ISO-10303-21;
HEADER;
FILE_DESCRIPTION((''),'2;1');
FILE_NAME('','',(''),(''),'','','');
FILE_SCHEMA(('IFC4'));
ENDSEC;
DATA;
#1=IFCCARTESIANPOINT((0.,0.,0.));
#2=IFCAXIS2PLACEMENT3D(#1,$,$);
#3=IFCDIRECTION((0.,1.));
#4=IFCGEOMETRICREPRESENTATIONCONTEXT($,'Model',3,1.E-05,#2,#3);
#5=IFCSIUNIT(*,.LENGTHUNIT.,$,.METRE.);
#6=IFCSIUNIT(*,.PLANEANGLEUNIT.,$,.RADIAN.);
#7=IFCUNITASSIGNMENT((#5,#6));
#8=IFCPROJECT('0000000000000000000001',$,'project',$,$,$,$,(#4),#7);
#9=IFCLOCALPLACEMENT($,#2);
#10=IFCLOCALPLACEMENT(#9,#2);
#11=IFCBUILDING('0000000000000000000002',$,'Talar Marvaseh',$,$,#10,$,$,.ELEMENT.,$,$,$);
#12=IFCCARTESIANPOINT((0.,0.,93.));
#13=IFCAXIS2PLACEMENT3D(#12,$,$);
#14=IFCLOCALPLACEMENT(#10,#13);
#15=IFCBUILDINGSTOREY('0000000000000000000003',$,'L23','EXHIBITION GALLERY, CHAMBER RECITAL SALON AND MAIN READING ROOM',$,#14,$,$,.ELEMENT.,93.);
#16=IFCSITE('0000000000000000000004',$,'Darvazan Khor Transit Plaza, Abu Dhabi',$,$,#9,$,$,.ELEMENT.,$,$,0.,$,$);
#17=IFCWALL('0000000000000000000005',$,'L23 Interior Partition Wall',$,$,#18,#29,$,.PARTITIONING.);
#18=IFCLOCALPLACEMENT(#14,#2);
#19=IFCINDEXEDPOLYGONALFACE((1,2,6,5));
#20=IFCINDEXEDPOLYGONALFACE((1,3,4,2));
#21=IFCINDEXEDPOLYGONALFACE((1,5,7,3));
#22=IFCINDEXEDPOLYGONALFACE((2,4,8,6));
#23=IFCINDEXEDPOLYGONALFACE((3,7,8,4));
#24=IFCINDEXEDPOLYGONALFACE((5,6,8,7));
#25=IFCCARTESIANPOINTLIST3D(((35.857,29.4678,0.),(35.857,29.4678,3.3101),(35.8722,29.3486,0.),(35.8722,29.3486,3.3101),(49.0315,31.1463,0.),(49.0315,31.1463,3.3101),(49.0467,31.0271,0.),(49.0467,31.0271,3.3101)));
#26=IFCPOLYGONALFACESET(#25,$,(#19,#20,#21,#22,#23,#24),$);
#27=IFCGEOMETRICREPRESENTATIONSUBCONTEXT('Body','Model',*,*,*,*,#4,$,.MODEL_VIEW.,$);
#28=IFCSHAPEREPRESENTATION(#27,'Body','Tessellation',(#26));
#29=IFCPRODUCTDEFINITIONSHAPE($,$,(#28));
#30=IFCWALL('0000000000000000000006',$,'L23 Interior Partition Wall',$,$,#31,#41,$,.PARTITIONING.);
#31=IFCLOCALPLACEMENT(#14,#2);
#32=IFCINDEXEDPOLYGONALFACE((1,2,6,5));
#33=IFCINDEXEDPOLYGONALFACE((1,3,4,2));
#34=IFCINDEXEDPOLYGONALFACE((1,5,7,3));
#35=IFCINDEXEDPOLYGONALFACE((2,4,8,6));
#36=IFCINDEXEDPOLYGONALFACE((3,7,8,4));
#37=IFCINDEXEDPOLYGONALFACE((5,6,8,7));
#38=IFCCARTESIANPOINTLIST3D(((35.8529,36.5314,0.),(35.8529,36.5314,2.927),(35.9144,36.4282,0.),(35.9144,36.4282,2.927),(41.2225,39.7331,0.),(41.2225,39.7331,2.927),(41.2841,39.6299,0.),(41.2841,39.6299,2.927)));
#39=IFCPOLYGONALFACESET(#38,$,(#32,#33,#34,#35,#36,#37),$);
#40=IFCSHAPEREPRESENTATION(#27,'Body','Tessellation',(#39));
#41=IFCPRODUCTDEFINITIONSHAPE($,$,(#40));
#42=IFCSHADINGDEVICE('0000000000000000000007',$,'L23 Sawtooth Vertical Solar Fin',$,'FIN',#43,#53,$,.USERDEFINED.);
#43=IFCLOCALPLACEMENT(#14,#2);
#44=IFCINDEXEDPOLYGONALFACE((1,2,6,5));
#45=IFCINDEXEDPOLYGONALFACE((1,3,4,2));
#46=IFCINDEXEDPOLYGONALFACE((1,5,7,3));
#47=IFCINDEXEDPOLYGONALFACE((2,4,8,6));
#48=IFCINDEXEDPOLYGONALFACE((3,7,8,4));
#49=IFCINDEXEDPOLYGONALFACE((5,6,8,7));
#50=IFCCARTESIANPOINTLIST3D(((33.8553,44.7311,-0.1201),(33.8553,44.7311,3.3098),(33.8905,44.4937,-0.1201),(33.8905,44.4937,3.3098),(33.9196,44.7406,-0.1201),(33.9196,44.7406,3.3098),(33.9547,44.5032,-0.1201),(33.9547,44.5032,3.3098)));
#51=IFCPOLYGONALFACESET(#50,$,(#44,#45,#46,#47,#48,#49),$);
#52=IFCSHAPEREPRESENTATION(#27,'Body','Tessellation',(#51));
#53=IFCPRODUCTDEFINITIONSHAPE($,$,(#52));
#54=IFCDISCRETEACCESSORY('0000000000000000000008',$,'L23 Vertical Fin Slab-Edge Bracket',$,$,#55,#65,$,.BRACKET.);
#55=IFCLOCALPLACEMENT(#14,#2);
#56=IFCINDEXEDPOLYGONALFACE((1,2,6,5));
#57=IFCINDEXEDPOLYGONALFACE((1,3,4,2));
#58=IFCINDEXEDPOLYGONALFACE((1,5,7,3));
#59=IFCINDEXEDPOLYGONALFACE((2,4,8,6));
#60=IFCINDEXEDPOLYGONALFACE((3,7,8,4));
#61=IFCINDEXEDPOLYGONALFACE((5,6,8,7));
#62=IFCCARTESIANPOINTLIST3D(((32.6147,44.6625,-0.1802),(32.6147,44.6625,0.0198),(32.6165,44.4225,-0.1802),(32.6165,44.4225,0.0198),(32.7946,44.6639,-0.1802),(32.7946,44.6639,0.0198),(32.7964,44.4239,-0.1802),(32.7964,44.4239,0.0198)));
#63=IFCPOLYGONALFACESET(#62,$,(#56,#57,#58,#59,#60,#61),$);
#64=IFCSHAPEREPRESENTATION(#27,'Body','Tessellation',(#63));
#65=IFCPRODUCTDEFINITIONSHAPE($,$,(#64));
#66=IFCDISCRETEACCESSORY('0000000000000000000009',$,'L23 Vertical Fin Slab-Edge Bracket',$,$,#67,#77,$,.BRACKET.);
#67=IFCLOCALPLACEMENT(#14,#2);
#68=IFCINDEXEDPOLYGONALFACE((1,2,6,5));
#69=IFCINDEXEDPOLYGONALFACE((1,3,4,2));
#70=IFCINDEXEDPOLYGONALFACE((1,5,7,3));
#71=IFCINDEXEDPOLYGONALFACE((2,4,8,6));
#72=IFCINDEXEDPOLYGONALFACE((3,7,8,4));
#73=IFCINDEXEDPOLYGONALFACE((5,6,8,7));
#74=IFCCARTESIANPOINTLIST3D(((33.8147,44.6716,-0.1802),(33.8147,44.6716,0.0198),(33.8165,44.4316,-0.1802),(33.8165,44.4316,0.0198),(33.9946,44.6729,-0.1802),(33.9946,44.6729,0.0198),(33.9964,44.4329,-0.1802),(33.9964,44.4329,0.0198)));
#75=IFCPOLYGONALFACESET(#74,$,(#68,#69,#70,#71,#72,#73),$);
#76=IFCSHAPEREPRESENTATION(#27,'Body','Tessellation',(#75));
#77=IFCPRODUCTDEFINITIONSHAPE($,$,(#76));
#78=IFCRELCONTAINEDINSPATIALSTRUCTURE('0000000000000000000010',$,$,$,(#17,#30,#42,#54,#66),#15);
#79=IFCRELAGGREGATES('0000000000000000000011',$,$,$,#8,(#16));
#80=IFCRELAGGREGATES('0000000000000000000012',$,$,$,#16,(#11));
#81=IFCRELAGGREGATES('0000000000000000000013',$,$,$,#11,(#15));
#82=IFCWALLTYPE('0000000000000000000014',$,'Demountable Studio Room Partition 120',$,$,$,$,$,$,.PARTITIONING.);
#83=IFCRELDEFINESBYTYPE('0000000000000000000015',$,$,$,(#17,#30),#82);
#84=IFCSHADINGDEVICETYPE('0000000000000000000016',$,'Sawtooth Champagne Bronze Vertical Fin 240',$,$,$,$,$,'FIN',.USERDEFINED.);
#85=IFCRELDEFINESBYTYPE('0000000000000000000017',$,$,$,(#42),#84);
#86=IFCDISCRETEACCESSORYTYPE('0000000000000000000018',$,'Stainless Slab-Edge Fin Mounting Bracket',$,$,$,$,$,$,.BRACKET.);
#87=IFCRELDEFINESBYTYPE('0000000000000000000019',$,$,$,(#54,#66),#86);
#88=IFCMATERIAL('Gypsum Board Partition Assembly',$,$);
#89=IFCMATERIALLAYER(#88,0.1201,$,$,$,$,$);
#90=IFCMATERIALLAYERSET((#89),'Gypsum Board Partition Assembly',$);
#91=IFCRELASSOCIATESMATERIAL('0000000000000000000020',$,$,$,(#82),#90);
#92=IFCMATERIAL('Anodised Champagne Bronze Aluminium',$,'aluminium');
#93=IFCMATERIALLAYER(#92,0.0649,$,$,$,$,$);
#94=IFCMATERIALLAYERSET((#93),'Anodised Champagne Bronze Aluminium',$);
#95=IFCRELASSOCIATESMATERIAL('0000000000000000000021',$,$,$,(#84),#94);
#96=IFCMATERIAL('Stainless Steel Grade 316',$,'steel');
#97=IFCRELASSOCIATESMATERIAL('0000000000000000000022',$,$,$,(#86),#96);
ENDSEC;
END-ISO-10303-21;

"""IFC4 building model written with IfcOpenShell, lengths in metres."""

from ifc_helpers import new_model, si_unit, direction, frame, frame_2d, origin, origin_2d, place, context, subcontext, project, spatial, rectangle, extrude, source, transform, mapped, material, layer, layer_set, type_object, type_shapes, element, save


model = new_model("IFC4")

# Units and contexts
model_context = context("Model", 3, precision=1e-05, world=origin(), true_north=direction((0.0, 1.0)))
body_context = subcontext(model_context, "Body", "Model", "MODEL_VIEW")
ifc_project = project(units=[si_unit("LENGTHUNIT", "METRE"), si_unit("PLANEANGLEUNIT", "RADIAN")], contexts=[model_context])

# Site, building, storey
site_placement = place(None, origin())
site = spatial("IfcSite", under=ifc_project, at=site_placement, Name="Darvazan Khor Transit Plaza, Abu Dhabi", CompositionType="ELEMENT", RefElevation=0.0)
building_placement = place(site_placement, origin())
building = spatial("IfcBuilding", under=site, at=building_placement, Name="Talar Marvaseh", CompositionType="ELEMENT")
storey_placement = place(building_placement, frame((0.0, 0.0, 93.0)))
storey = spatial("IfcBuildingStorey", under=building, at=storey_placement, Name="L23", Description="EXHIBITION GALLERY, CHAMBER RECITAL SALON AND MAIN READING ROOM", CompositionType="ELEMENT", Elevation=93.0)

# Shared definitions
ifc_material_1 = material(Name="Gypsum Board Partition Assembly")

# Walls
ifc_layer_1 = layer(ifc_material_1, 0.1201)
ifc_layer_set_1 = layer_set([ifc_layer_1], Name="Gypsum Board Partition Assembly")
wall_type_1 = type_object("IfcWallType", Name="Demountable Studio Room Partition 120", PredefinedType="PARTITIONING", material=ifc_layer_set_1)
wall_1_placement = place(storey_placement, frame((35.8645, 29.4082, 0.0), z_axis=(0.0, 0.0, 1.0), x_axis=(0.991982, 0.126381, 0.0)))
element("IfcWall", 1, at=wall_1_placement, inside=storey, type_object=wall_type_1, Name="L23 Interior Partition Wall", PredefinedType="PARTITIONING", context=body_context, shape_type="SweptSolid", body=[
    extrude(rectangle(XDim=13.281, YDim=0.1201, at=frame_2d((6.6406, 0.0))), origin(), (0.0, 0.0, 1.0), 3.3101),
])
wall_2_placement = place(storey_placement, frame((35.8835, 36.4797, 0.0), z_axis=(0.0, 0.0, 1.0), x_axis=(0.858909, 0.512128, 0.0)))
element("IfcWall", 2, at=wall_2_placement, inside=storey, type_object=wall_type_1, Name="L23 Interior Partition Wall", PredefinedType="PARTITIONING", context=body_context, shape_type="SweptSolid", body=[
    extrude(rectangle(XDim=6.2517, YDim=0.1201, at=frame_2d((3.126, 0.0))), origin(), (0.0, 0.0, 1.0), 2.927),
])

# Shading device
ifc_material_2 = material(Name="Anodised Champagne Bronze Aluminium", Category="aluminium")
ifc_layer_2 = layer(ifc_material_2, 0.0649)
ifc_layer_set_2 = layer_set([ifc_layer_2], Name="Anodised Champagne Bronze Aluminium")
shading_device_type = type_object("IfcShadingDeviceType", Name="Sawtooth Champagne Bronze Vertical Fin 240", ElementType="FIN", PredefinedType="USERDEFINED", material=ifc_layer_set_2)
shared_shape_1 = source(origin(), body_context, "Body", "SweptSolid", [
    extrude(rectangle(XDim=0.24, YDim=0.0649, at=origin_2d()), origin(), (0.0, 0.0, 1.0), 3.4299),
])
type_shapes(shading_device_type, [shared_shape_1])
shading_device_placement = place(storey_placement, frame((33.905, 44.6172, -0.1201), z_axis=(0.0, 0.0, 1.0), x_axis=(-0.146601, 0.989196, 0.0)))
element("IfcShadingDevice", 3, at=shading_device_placement, inside=storey, type_object=shading_device_type, Name="L23 Sawtooth Vertical Solar Fin", ObjectType="FIN", PredefinedType="USERDEFINED", context=body_context, shape_type="MappedRepresentation", body=[
    mapped(shared_shape_1, transform((0.0, 0.0, 0.0), x_axis=(1.0, 0.0, 0.0), y_axis=(0.0, 1.0, 0.0), z_axis=(0.0, 0.0, 1.0), scale=1.0)),
])

# Discrete accessories
ifc_material_3 = material(Name="Stainless Steel Grade 316", Category="steel")
discrete_accessory_type = type_object("IfcDiscreteAccessoryType", Name="Stainless Slab-Edge Fin Mounting Bracket", PredefinedType="BRACKET", material=ifc_material_3)
shared_shape_2 = source(origin(), body_context, "Body", "SweptSolid", [
    extrude(rectangle(XDim=0.24, YDim=0.1799, at=origin_2d()), origin(), (0.0, 0.0, 1.0), 0.2),
])
type_shapes(discrete_accessory_type, [shared_shape_2])
for number, where, z_axis, x_axis, name in (
    (4, (32.7056, 44.5432, -0.1802), (0.0, 0.0, 1.0), (-0.007505, 0.999972, 0.0), "L23 Vertical Fin Slab-Edge Bracket"),
    (5, (33.9055, 44.5522, -0.1802), (0.0, 0.0, 1.0), (-0.007505, 0.999972, 0.0), "L23 Vertical Fin Slab-Edge Bracket"),
):
    element("IfcDiscreteAccessory", number, at=place(storey_placement, frame(where, z_axis=z_axis, x_axis=x_axis)), inside=storey, type_object=discrete_accessory_type, Name=name, PredefinedType="BRACKET", context=body_context, shape_type="MappedRepresentation", body=[
        mapped(shared_shape_2, transform((0.0, 0.0, 0.0), x_axis=(1.0, 0.0, 0.0), y_axis=(0.0, 1.0, 0.0), z_axis=(0.0, 0.0, 1.0), scale=1.0)),
    ])

save(model, "model.ifc")
